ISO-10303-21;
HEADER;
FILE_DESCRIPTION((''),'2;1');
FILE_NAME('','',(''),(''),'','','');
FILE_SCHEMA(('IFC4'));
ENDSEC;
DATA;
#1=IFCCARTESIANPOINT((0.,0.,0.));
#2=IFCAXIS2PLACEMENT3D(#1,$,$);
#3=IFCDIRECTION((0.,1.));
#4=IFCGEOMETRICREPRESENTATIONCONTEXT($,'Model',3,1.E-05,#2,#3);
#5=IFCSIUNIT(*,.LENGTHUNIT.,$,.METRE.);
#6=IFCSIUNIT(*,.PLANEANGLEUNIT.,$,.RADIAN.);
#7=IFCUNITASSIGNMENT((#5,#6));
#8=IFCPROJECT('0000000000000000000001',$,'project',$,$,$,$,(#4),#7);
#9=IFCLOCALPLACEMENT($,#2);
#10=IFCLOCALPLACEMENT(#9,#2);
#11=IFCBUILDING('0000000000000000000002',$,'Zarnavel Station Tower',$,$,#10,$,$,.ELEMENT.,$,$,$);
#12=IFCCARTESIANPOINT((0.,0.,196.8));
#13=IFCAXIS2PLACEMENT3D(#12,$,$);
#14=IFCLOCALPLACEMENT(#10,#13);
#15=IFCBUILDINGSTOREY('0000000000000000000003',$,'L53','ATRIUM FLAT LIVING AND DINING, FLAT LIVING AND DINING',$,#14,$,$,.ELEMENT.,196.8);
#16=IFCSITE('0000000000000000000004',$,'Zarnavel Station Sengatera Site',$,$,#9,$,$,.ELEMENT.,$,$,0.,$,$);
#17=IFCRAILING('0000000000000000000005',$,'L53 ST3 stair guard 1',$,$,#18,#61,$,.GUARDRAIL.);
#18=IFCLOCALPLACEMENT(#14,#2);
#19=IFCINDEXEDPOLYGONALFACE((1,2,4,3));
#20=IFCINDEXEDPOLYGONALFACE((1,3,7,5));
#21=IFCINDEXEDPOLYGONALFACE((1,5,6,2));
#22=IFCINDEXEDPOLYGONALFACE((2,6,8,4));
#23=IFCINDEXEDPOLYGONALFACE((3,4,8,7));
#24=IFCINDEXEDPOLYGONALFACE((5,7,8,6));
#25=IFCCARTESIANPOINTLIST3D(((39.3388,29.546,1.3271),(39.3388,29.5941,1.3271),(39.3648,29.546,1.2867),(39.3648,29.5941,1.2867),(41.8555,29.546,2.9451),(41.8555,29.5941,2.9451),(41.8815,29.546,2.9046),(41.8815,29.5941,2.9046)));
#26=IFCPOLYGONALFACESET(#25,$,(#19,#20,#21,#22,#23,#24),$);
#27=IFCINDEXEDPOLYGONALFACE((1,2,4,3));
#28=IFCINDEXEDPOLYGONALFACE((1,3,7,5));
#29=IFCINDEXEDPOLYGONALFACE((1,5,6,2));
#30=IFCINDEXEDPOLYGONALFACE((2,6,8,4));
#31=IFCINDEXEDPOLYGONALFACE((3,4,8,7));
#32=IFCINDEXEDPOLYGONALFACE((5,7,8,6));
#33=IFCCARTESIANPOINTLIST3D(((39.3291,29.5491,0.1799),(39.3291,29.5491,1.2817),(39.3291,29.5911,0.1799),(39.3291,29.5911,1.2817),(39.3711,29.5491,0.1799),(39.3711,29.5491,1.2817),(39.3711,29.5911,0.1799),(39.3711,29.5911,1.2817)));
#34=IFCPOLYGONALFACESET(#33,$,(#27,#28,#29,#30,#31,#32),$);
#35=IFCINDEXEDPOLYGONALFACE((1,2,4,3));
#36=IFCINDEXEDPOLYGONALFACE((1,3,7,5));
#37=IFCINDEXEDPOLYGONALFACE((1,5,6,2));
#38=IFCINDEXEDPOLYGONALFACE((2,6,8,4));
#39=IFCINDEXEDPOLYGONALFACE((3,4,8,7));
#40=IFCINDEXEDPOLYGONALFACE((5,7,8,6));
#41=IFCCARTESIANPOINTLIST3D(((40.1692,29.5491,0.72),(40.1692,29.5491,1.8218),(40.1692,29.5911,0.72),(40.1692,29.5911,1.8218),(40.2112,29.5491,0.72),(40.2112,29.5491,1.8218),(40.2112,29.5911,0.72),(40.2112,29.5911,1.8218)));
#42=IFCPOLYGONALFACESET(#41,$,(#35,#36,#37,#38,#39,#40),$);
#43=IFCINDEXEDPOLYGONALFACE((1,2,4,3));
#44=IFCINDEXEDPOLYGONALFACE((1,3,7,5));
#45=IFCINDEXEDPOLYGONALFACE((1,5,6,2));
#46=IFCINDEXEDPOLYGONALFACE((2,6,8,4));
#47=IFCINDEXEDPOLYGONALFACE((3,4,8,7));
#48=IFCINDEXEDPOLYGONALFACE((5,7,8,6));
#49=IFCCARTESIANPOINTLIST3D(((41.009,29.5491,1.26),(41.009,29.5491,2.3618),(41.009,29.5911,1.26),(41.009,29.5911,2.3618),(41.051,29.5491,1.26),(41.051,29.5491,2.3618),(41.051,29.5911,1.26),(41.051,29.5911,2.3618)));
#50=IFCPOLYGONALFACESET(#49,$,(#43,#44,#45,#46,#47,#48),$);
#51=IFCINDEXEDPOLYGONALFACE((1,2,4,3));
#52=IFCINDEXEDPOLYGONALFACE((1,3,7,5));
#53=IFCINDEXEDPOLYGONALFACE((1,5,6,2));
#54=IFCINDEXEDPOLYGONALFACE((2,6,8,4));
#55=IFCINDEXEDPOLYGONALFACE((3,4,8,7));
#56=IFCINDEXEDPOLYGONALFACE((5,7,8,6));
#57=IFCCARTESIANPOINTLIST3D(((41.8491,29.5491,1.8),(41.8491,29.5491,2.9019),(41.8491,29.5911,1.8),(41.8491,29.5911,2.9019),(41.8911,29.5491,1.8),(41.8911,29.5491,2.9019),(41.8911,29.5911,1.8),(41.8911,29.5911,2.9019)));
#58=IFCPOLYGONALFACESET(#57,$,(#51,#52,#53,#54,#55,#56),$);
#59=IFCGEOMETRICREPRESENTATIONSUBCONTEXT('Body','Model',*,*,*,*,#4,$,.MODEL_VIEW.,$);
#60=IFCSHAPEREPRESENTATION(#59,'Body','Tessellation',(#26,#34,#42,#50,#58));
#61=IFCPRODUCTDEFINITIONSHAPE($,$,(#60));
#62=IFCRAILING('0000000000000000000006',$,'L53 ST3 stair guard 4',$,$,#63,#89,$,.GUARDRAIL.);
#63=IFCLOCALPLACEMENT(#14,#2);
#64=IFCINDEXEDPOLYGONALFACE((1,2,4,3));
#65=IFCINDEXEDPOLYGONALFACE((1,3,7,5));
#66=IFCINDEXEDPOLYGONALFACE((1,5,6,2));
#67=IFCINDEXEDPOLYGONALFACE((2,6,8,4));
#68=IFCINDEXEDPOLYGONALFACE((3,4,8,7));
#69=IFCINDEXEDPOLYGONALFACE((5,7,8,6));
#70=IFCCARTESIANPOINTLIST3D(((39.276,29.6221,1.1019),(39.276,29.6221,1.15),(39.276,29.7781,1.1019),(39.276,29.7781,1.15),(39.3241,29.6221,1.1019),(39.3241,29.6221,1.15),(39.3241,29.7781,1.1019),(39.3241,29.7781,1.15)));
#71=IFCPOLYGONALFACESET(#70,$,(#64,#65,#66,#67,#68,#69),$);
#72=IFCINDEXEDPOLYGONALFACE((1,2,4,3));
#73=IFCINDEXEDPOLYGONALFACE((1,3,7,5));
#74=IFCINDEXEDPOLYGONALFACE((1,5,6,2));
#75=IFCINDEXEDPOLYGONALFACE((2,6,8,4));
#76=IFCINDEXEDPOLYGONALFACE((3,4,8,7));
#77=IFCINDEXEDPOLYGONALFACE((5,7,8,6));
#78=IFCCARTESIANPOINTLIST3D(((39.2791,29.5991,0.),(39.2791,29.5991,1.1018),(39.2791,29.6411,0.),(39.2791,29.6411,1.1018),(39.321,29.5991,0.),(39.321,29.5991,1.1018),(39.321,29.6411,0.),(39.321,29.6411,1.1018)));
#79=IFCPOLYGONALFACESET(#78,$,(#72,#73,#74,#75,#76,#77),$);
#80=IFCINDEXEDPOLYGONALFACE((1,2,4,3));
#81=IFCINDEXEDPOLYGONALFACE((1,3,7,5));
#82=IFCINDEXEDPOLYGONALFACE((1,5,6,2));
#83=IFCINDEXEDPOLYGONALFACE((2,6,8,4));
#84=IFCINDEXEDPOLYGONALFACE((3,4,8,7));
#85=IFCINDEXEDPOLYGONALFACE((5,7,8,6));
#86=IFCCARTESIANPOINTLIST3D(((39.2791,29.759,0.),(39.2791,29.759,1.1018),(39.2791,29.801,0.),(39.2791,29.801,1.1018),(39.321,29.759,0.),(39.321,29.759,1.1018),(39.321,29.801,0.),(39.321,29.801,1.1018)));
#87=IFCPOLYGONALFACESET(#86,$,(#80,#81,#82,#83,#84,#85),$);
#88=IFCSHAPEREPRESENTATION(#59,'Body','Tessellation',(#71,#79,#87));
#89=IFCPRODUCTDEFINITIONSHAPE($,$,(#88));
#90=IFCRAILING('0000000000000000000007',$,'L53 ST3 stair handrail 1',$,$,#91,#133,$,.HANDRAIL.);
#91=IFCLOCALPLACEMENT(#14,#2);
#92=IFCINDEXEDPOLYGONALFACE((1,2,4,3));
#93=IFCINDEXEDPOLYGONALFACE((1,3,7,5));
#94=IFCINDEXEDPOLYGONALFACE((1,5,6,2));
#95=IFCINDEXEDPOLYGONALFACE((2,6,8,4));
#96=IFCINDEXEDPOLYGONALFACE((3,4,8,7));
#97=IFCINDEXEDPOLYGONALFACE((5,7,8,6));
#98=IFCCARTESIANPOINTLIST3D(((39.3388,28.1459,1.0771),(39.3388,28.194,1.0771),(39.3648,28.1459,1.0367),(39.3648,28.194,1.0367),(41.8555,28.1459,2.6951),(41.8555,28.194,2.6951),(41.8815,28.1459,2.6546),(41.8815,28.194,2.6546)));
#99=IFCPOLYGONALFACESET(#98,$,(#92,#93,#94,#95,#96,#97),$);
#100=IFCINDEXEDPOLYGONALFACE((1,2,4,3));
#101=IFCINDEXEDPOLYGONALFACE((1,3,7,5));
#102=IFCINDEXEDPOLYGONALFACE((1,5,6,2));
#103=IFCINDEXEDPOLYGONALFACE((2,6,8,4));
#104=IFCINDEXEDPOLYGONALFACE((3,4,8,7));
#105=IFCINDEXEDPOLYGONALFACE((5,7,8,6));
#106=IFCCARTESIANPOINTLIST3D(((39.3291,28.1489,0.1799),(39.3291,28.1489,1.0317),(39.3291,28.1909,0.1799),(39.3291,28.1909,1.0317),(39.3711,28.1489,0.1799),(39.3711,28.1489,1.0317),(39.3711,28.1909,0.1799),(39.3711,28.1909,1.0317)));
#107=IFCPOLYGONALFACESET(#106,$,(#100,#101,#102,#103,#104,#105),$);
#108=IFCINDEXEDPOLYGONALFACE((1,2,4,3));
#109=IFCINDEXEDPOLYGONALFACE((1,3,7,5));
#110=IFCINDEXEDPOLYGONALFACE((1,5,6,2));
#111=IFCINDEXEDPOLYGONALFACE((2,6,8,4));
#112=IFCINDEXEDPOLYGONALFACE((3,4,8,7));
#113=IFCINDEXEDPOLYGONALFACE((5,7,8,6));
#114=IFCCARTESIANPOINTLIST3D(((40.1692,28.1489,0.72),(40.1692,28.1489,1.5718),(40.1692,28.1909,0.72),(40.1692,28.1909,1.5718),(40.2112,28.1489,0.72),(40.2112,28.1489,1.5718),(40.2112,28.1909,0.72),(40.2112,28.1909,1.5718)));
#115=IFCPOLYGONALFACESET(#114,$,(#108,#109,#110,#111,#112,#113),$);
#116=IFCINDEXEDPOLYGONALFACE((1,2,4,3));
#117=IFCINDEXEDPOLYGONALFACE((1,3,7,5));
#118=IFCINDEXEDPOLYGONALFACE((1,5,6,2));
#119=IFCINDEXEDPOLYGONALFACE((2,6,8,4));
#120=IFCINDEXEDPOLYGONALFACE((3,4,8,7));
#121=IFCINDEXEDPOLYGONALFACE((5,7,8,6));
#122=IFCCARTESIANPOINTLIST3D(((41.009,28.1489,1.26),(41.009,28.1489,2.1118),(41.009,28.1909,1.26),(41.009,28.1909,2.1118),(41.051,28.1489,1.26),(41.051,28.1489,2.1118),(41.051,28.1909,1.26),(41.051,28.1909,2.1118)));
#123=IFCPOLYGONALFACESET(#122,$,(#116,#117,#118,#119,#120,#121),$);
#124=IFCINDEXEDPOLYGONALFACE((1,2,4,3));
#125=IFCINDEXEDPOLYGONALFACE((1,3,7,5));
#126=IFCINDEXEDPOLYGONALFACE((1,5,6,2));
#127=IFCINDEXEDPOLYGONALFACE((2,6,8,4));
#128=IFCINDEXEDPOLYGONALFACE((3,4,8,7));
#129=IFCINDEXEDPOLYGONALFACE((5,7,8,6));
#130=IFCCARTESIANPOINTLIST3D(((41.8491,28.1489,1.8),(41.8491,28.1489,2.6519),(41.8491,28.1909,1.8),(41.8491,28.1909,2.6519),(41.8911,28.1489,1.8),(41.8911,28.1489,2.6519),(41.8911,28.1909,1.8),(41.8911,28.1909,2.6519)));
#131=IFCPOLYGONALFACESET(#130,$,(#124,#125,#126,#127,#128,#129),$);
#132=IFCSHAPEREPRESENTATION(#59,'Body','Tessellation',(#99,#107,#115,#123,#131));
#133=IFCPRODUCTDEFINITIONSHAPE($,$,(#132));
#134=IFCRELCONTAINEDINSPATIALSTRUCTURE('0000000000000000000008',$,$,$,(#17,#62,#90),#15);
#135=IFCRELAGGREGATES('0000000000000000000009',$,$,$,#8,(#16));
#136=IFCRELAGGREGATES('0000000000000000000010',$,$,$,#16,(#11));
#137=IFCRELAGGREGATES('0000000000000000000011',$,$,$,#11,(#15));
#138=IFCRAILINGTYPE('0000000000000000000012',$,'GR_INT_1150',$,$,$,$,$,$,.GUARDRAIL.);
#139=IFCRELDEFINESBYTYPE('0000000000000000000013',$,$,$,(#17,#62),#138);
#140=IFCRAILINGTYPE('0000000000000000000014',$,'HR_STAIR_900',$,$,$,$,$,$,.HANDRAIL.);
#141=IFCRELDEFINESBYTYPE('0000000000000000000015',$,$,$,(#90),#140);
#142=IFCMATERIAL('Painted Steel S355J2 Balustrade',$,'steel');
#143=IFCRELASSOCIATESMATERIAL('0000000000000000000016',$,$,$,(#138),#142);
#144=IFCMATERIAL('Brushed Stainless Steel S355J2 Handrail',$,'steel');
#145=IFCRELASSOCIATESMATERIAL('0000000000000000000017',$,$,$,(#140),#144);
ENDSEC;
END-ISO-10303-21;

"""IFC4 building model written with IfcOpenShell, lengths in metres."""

from ifc_helpers import new_model, si_unit, direction, frame, origin, origin_2d, place, context, subcontext, project, spatial, rectangle, extrude, material, type_object, element, save


model = new_model("IFC4")

# Units and contexts
model_context = context("Model", 3, precision=1e-05, world=origin(), true_north=direction((0.0, 1.0)))
body_context = subcontext(model_context, "Body", "Model", "MODEL_VIEW")
ifc_project = project(units=[si_unit("LENGTHUNIT", "METRE"), si_unit("PLANEANGLEUNIT", "RADIAN")], contexts=[model_context])

# Site, building, storey
site_placement = place(None, origin())
site = spatial("IfcSite", under=ifc_project, at=site_placement, Name="Zarnavel Station Sengatera Site", CompositionType="ELEMENT", RefElevation=0.0)
building_placement = place(site_placement, origin())
building = spatial("IfcBuilding", under=site, at=building_placement, Name="Zarnavel Station Tower", CompositionType="ELEMENT")
storey_placement = place(building_placement, frame((0.0, 0.0, 196.8)))
storey = spatial("IfcBuildingStorey", under=building, at=storey_placement, Name="L53", Description="ATRIUM FLAT LIVING AND DINING, FLAT LIVING AND DINING", CompositionType="ELEMENT", Elevation=196.8)

# Railings
ifc_material_1 = material(Name="Painted Steel S355J2 Balustrade", Category="steel")
railing_type_1 = type_object("IfcRailingType", Name="GR_INT_1150", PredefinedType="GUARDRAIL", material=ifc_material_1)
railing_1_placement = place(storey_placement, frame((39.3501, 29.5701, 0.1799)))
element("IfcRailing", 1, at=railing_1_placement, inside=storey, type_object=railing_type_1, Name="L53 ST3 stair guard 1", PredefinedType="GUARDRAIL", context=body_context, shape_type="SweptSolid", body=[
    extrude(rectangle(XDim=0.0481, YDim=0.0481, at=origin_2d()), frame((0.0017, 0.0, 1.127), z_axis=(0.841163, 0.0, 0.540782), x_axis=(0.0, 1.0, 0.0)), (0.0, 0.0, 1.0), 2.9919),
    extrude(rectangle(XDim=0.042, YDim=0.042, at=origin_2d()), origin(), (0.0, 0.0, 1.0), 1.1018),
    extrude(rectangle(XDim=0.042, YDim=0.042, at=origin_2d()), frame((0.8401, 0.0, 0.54)), (0.0, 0.0, 1.0), 1.1018),
    extrude(rectangle(XDim=0.042, YDim=0.042, at=origin_2d()), frame((1.6799, 0.0, 1.0801)), (0.0, 0.0, 1.0), 1.1018),
    extrude(rectangle(XDim=0.042, YDim=0.042, at=origin_2d()), frame((2.52, 0.0, 1.6201)), (0.0, 0.0, 1.0), 1.1018),
])
railing_2_placement = place(storey_placement, frame((39.3, 29.6201, 0.0)))
element("IfcRailing", 2, at=railing_2_placement, inside=storey, type_object=railing_type_1, Name="L53 ST3 stair guard 4", PredefinedType="GUARDRAIL", context=body_context, shape_type="SweptSolid", body=[
    extrude(rectangle(XDim=0.0481, YDim=0.0481, at=origin_2d()), frame((0.0, 0.002, 1.126), z_axis=(0.0, 1.0, 0.0), x_axis=(-1.0, 0.0, 0.0)), (0.0, 0.0, 1.0), 0.156),
    extrude(rectangle(XDim=0.042, YDim=0.042, at=origin_2d()), origin(), (0.0, 0.0, 1.0), 1.1018),
    extrude(rectangle(XDim=0.042, YDim=0.042, at=origin_2d()), frame((0.0, 0.1599, 0.0)), (0.0, 0.0, 1.0), 1.1018),
])
ifc_material_2 = material(Name="Brushed Stainless Steel S355J2 Handrail", Category="steel")
railing_type_2 = type_object("IfcRailingType", Name="HR_STAIR_900", PredefinedType="HANDRAIL", material=ifc_material_2)
railing_3_placement = place(storey_placement, frame((39.3501, 28.1699, 0.1799)))
element("IfcRailing", 3, at=railing_3_placement, inside=storey, type_object=railing_type_2, Name="L53 ST3 stair handrail 1", PredefinedType="HANDRAIL", context=body_context, shape_type="SweptSolid", body=[
    extrude(rectangle(XDim=0.0481, YDim=0.0481, at=origin_2d()), frame((0.0017, 0.0, 0.877), z_axis=(0.841163, 0.0, 0.540782), x_axis=(0.0, 1.0, 0.0)), (0.0, 0.0, 1.0), 2.9919),
    extrude(rectangle(XDim=0.042, YDim=0.042, at=origin_2d()), origin(), (0.0, 0.0, 1.0), 0.8518),
    extrude(rectangle(XDim=0.042, YDim=0.042, at=origin_2d()), frame((0.8401, 0.0, 0.54)), (0.0, 0.0, 1.0), 0.8518),
    extrude(rectangle(XDim=0.042, YDim=0.042, at=origin_2d()), frame((1.6799, 0.0, 1.0801)), (0.0, 0.0, 1.0), 0.8518),
    extrude(rectangle(XDim=0.042, YDim=0.042, at=origin_2d()), frame((2.52, 0.0, 1.6201)), (0.0, 0.0, 1.0), 0.8518),
])

save(model, "model.ifc")
